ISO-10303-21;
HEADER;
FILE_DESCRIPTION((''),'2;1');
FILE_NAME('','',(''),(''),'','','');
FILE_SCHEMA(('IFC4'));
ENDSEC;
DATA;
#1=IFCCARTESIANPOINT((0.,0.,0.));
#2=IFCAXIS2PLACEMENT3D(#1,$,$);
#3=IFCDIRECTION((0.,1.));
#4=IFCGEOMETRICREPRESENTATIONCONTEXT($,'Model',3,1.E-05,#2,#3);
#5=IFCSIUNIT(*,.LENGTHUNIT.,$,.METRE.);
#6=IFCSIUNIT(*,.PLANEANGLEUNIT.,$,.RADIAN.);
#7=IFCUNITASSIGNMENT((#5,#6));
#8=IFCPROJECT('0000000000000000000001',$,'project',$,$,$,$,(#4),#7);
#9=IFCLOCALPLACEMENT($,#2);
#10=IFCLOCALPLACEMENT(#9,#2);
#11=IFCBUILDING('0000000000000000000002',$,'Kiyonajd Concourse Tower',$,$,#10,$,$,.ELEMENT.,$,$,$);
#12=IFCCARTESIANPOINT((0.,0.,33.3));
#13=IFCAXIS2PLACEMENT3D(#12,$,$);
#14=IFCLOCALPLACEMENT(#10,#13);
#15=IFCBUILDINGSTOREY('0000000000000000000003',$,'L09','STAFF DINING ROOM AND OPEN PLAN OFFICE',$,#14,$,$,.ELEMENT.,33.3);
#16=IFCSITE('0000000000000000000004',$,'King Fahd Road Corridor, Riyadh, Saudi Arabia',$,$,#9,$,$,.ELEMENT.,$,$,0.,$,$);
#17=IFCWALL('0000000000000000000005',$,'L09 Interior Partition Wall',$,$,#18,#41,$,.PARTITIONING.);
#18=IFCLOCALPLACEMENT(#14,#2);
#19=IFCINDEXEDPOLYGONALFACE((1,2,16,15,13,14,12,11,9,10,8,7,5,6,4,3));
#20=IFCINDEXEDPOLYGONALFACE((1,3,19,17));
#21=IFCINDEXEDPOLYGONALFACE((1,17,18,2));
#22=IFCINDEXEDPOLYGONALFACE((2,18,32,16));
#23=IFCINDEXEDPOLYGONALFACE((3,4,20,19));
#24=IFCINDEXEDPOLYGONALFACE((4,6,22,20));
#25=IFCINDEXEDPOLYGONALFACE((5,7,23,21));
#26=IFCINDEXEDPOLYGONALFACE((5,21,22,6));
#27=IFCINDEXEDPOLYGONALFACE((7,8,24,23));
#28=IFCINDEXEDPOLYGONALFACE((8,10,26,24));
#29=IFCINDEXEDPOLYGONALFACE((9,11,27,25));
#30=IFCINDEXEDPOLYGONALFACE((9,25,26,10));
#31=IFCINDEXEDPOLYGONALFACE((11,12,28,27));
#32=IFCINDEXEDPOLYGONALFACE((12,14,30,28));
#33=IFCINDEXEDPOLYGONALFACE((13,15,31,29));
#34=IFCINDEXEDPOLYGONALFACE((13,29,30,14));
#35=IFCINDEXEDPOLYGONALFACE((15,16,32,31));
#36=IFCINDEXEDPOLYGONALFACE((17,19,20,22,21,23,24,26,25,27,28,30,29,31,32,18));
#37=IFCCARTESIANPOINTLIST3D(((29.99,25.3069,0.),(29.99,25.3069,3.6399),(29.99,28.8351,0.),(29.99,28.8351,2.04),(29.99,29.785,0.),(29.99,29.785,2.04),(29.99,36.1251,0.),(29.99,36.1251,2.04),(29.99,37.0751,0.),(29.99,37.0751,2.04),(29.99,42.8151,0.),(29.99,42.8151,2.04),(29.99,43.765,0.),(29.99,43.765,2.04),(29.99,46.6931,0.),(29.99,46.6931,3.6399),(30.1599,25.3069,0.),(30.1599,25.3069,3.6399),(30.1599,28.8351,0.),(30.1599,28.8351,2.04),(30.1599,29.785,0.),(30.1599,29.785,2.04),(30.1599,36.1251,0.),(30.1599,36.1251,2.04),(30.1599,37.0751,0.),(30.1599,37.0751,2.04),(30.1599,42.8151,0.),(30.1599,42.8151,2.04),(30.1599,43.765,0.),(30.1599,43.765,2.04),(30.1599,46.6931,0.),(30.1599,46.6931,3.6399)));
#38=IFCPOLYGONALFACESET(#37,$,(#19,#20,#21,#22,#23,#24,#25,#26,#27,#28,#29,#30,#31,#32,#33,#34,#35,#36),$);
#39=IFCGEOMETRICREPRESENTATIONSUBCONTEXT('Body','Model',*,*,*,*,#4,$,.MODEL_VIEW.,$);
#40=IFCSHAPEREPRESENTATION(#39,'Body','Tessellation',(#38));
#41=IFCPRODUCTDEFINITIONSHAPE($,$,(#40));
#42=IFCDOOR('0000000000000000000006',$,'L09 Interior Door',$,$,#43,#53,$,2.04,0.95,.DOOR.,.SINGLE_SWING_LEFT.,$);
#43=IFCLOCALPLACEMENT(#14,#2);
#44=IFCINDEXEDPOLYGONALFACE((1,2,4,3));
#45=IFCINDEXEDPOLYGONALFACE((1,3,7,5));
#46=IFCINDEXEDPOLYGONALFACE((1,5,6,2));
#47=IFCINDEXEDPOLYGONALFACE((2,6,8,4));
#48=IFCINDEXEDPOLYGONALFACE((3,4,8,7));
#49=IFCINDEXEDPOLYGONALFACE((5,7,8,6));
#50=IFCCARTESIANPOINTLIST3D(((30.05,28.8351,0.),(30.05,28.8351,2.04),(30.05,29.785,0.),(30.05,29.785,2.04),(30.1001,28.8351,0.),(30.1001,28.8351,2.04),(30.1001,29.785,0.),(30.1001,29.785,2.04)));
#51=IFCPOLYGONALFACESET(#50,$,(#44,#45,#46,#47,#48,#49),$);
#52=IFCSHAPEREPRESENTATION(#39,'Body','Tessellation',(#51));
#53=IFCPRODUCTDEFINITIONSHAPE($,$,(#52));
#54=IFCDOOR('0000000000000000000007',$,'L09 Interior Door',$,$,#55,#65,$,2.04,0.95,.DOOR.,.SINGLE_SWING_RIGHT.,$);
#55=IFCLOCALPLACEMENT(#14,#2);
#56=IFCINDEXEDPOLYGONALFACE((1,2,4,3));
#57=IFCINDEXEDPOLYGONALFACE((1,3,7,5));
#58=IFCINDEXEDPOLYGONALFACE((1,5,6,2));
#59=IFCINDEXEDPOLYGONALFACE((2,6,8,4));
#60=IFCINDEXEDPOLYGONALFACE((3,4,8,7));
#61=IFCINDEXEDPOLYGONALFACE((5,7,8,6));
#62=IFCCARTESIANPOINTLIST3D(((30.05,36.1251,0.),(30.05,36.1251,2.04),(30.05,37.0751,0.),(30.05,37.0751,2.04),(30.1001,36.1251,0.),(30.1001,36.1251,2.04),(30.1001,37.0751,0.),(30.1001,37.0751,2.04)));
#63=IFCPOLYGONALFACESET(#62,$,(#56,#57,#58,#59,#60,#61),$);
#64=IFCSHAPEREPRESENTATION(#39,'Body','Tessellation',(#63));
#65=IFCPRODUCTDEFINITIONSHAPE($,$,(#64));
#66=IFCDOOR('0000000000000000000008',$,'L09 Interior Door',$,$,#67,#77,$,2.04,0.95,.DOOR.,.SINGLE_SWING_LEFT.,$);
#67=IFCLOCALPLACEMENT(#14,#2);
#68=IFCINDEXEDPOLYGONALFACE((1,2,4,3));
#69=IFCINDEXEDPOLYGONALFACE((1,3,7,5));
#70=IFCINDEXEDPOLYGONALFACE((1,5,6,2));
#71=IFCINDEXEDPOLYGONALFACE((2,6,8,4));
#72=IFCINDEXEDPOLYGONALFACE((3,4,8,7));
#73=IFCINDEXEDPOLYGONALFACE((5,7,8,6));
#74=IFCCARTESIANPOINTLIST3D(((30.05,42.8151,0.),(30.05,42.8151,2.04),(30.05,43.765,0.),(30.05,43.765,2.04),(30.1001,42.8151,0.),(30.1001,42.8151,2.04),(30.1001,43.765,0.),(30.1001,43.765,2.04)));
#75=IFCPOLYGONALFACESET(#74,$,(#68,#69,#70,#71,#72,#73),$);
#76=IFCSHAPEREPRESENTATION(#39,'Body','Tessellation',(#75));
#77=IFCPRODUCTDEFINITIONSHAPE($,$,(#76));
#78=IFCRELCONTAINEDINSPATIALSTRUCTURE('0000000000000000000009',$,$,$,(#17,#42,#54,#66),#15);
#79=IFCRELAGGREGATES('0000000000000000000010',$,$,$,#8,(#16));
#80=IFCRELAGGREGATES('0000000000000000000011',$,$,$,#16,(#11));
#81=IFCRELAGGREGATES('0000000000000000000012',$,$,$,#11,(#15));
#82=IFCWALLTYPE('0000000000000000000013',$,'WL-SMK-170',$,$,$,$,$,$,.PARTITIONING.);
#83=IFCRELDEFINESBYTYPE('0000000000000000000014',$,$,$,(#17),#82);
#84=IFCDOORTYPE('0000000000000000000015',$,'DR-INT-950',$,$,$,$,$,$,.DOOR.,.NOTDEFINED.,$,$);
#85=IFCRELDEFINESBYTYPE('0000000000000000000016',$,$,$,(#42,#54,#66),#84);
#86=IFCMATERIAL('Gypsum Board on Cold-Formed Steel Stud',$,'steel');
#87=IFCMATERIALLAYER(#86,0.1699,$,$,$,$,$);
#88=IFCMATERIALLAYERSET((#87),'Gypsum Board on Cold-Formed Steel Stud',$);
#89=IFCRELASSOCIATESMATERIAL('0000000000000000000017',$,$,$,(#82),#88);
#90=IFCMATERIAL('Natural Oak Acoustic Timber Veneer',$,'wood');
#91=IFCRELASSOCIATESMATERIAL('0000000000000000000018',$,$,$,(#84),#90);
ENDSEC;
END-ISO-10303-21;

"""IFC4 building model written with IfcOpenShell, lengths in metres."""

from ifc_helpers import new_model, si_unit, direction, frame, frame_2d, origin, place, context, subcontext, project, spatial, rectangle, extrude, material, layer, layer_set, type_object, element, fill, save


model = new_model("IFC4")

# Units and contexts
model_context = context("Model", 3, precision=1e-05, world=origin(), true_north=direction((0.0, 1.0)))
body_context = subcontext(model_context, "Body", "Model", "MODEL_VIEW")
ifc_project = project(units=[si_unit("LENGTHUNIT", "METRE"), si_unit("PLANEANGLEUNIT", "RADIAN")], contexts=[model_context])

# Site, building, storey
site_placement = place(None, origin())
site = spatial("IfcSite", under=ifc_project, at=site_placement, Name="King Fahd Road Corridor, Riyadh, Saudi Arabia", CompositionType="ELEMENT", RefElevation=0.0)
building_placement = place(site_placement, origin())
building = spatial("IfcBuilding", under=site, at=building_placement, Name="Kiyonajd Concourse Tower", CompositionType="ELEMENT")
storey_placement = place(building_placement, frame((0.0, 0.0, 33.3)))
storey = spatial("IfcBuildingStorey", under=building, at=storey_placement, Name="L09", Description="STAFF DINING ROOM AND OPEN PLAN OFFICE", CompositionType="ELEMENT", Elevation=33.3)

# Shared definitions
ifc_material_1 = material(Name="Gypsum Board on Cold-Formed Steel Stud", Category="steel")

# Wall, openings, doors
ifc_layer_1 = layer(ifc_material_1, 0.1699)
ifc_layer_set_1 = layer_set([ifc_layer_1], Name="Gypsum Board on Cold-Formed Steel Stud")
wall_type_1 = type_object("IfcWallType", Name="WL-SMK-170", PredefinedType="PARTITIONING", material=ifc_layer_set_1)
ifc_material_2 = material(Name="Natural Oak Acoustic Timber Veneer", Category="wood")
door_type_1 = type_object("IfcDoorType", Name="DR-INT-950", OperationType="NOTDEFINED", PredefinedType="DOOR", material=ifc_material_2)
wall_1_placement = place(storey_placement, frame((30.075, 25.3069, 0.0), z_axis=(0.0, 0.0, 1.0), x_axis=(0.0, 1.0, 0.0)))
wall_1 = element("IfcWall", 1, at=wall_1_placement, inside=storey, type_object=wall_type_1, Name="L09 Interior Partition Wall", PredefinedType="PARTITIONING", context=body_context, shape_type="SweptSolid", body=[
    extrude(rectangle(XDim=21.3862, YDim=0.1699, at=frame_2d((10.6931, 0.0))), origin(), (0.0, 0.0, 1.0), 3.6399),
])
opening_1_placement = place(wall_1_placement, frame((3.5281, 0.0, 0.0)))
opening_1 = element("IfcOpeningElement", 2, at=opening_1_placement, cuts=wall_1, PredefinedType="OPENING", context=body_context, shape_type="SweptSolid", body=[
    extrude(rectangle(XDim=0.95, YDim=2.04, at=frame_2d((0.4751, 1.02))), frame((0.0, 0.095, 0.0), z_axis=(0.0, -1.0, 0.0), x_axis=(1.0, 0.0, 0.0)), (0.0, 0.0, 1.0), 0.1899),
])
opening_2_placement = place(wall_1_placement, frame((10.8181, 0.0, 0.0)))
opening_2 = element("IfcOpeningElement", 3, at=opening_2_placement, cuts=wall_1, PredefinedType="OPENING", context=body_context, shape_type="SweptSolid", body=[
    extrude(rectangle(XDim=0.95, YDim=2.04, at=frame_2d((0.4751, 1.02))), frame((0.0, 0.095, 0.0), z_axis=(0.0, -1.0, 0.0), x_axis=(1.0, 0.0, 0.0)), (0.0, 0.0, 1.0), 0.1899),
])
opening_3_placement = place(wall_1_placement, frame((17.5081, 0.0, 0.0)))
opening_3 = element("IfcOpeningElement", 4, at=opening_3_placement, cuts=wall_1, PredefinedType="OPENING", context=body_context, shape_type="SweptSolid", body=[
    extrude(rectangle(XDim=0.95, YDim=2.04, at=frame_2d((0.4751, 1.02))), frame((0.0, 0.095, 0.0), z_axis=(0.0, -1.0, 0.0), x_axis=(1.0, 0.0, 0.0)), (0.0, 0.0, 1.0), 0.1899),
])
door_1_placement = place(opening_1_placement, origin())
door_1 = element("IfcDoor", 5, at=door_1_placement, inside=storey, type_object=door_type_1, Name="L09 Interior Door", OperationType="SINGLE_SWING_LEFT", OverallHeight=2.04, OverallWidth=0.95, PredefinedType="DOOR", context=body_context, shape_type="SweptSolid", body=[
    extrude(rectangle(XDim=0.95, YDim=2.04, at=frame_2d((0.4751, 1.02))), frame((0.0, 0.0249, 0.0), z_axis=(0.0, -1.0, 0.0), x_axis=(1.0, 0.0, 0.0)), (0.0, 0.0, 1.0), 0.05),
])
fill(opening_1, door_1)
door_2_placement = place(opening_2_placement, origin())
door_2 = element("IfcDoor", 6, at=door_2_placement, inside=storey, type_object=door_type_1, Name="L09 Interior Door", OperationType="SINGLE_SWING_RIGHT", OverallHeight=2.04, OverallWidth=0.95, PredefinedType="DOOR", context=body_context, shape_type="SweptSolid", body=[
    extrude(rectangle(XDim=0.95, YDim=2.04, at=frame_2d((0.4751, 1.02))), frame((0.0, 0.0249, 0.0), z_axis=(0.0, -1.0, 0.0), x_axis=(1.0, 0.0, 0.0)), (0.0, 0.0, 1.0), 0.05),
])
fill(opening_2, door_2)
door_3_placement = place(opening_3_placement, origin())
door_3 = element("IfcDoor", 7, at=door_3_placement, inside=storey, type_object=door_type_1, Name="L09 Interior Door", OperationType="SINGLE_SWING_LEFT", OverallHeight=2.04, OverallWidth=0.95, PredefinedType="DOOR", context=body_context, shape_type="SweptSolid", body=[
    extrude(rectangle(XDim=0.95, YDim=2.04, at=frame_2d((0.4751, 1.02))), frame((0.0, 0.0249, 0.0), z_axis=(0.0, -1.0, 0.0), x_axis=(1.0, 0.0, 0.0)), (0.0, 0.0, 1.0), 0.05),
])
fill(opening_3, door_3)

save(model, "model.ifc")
